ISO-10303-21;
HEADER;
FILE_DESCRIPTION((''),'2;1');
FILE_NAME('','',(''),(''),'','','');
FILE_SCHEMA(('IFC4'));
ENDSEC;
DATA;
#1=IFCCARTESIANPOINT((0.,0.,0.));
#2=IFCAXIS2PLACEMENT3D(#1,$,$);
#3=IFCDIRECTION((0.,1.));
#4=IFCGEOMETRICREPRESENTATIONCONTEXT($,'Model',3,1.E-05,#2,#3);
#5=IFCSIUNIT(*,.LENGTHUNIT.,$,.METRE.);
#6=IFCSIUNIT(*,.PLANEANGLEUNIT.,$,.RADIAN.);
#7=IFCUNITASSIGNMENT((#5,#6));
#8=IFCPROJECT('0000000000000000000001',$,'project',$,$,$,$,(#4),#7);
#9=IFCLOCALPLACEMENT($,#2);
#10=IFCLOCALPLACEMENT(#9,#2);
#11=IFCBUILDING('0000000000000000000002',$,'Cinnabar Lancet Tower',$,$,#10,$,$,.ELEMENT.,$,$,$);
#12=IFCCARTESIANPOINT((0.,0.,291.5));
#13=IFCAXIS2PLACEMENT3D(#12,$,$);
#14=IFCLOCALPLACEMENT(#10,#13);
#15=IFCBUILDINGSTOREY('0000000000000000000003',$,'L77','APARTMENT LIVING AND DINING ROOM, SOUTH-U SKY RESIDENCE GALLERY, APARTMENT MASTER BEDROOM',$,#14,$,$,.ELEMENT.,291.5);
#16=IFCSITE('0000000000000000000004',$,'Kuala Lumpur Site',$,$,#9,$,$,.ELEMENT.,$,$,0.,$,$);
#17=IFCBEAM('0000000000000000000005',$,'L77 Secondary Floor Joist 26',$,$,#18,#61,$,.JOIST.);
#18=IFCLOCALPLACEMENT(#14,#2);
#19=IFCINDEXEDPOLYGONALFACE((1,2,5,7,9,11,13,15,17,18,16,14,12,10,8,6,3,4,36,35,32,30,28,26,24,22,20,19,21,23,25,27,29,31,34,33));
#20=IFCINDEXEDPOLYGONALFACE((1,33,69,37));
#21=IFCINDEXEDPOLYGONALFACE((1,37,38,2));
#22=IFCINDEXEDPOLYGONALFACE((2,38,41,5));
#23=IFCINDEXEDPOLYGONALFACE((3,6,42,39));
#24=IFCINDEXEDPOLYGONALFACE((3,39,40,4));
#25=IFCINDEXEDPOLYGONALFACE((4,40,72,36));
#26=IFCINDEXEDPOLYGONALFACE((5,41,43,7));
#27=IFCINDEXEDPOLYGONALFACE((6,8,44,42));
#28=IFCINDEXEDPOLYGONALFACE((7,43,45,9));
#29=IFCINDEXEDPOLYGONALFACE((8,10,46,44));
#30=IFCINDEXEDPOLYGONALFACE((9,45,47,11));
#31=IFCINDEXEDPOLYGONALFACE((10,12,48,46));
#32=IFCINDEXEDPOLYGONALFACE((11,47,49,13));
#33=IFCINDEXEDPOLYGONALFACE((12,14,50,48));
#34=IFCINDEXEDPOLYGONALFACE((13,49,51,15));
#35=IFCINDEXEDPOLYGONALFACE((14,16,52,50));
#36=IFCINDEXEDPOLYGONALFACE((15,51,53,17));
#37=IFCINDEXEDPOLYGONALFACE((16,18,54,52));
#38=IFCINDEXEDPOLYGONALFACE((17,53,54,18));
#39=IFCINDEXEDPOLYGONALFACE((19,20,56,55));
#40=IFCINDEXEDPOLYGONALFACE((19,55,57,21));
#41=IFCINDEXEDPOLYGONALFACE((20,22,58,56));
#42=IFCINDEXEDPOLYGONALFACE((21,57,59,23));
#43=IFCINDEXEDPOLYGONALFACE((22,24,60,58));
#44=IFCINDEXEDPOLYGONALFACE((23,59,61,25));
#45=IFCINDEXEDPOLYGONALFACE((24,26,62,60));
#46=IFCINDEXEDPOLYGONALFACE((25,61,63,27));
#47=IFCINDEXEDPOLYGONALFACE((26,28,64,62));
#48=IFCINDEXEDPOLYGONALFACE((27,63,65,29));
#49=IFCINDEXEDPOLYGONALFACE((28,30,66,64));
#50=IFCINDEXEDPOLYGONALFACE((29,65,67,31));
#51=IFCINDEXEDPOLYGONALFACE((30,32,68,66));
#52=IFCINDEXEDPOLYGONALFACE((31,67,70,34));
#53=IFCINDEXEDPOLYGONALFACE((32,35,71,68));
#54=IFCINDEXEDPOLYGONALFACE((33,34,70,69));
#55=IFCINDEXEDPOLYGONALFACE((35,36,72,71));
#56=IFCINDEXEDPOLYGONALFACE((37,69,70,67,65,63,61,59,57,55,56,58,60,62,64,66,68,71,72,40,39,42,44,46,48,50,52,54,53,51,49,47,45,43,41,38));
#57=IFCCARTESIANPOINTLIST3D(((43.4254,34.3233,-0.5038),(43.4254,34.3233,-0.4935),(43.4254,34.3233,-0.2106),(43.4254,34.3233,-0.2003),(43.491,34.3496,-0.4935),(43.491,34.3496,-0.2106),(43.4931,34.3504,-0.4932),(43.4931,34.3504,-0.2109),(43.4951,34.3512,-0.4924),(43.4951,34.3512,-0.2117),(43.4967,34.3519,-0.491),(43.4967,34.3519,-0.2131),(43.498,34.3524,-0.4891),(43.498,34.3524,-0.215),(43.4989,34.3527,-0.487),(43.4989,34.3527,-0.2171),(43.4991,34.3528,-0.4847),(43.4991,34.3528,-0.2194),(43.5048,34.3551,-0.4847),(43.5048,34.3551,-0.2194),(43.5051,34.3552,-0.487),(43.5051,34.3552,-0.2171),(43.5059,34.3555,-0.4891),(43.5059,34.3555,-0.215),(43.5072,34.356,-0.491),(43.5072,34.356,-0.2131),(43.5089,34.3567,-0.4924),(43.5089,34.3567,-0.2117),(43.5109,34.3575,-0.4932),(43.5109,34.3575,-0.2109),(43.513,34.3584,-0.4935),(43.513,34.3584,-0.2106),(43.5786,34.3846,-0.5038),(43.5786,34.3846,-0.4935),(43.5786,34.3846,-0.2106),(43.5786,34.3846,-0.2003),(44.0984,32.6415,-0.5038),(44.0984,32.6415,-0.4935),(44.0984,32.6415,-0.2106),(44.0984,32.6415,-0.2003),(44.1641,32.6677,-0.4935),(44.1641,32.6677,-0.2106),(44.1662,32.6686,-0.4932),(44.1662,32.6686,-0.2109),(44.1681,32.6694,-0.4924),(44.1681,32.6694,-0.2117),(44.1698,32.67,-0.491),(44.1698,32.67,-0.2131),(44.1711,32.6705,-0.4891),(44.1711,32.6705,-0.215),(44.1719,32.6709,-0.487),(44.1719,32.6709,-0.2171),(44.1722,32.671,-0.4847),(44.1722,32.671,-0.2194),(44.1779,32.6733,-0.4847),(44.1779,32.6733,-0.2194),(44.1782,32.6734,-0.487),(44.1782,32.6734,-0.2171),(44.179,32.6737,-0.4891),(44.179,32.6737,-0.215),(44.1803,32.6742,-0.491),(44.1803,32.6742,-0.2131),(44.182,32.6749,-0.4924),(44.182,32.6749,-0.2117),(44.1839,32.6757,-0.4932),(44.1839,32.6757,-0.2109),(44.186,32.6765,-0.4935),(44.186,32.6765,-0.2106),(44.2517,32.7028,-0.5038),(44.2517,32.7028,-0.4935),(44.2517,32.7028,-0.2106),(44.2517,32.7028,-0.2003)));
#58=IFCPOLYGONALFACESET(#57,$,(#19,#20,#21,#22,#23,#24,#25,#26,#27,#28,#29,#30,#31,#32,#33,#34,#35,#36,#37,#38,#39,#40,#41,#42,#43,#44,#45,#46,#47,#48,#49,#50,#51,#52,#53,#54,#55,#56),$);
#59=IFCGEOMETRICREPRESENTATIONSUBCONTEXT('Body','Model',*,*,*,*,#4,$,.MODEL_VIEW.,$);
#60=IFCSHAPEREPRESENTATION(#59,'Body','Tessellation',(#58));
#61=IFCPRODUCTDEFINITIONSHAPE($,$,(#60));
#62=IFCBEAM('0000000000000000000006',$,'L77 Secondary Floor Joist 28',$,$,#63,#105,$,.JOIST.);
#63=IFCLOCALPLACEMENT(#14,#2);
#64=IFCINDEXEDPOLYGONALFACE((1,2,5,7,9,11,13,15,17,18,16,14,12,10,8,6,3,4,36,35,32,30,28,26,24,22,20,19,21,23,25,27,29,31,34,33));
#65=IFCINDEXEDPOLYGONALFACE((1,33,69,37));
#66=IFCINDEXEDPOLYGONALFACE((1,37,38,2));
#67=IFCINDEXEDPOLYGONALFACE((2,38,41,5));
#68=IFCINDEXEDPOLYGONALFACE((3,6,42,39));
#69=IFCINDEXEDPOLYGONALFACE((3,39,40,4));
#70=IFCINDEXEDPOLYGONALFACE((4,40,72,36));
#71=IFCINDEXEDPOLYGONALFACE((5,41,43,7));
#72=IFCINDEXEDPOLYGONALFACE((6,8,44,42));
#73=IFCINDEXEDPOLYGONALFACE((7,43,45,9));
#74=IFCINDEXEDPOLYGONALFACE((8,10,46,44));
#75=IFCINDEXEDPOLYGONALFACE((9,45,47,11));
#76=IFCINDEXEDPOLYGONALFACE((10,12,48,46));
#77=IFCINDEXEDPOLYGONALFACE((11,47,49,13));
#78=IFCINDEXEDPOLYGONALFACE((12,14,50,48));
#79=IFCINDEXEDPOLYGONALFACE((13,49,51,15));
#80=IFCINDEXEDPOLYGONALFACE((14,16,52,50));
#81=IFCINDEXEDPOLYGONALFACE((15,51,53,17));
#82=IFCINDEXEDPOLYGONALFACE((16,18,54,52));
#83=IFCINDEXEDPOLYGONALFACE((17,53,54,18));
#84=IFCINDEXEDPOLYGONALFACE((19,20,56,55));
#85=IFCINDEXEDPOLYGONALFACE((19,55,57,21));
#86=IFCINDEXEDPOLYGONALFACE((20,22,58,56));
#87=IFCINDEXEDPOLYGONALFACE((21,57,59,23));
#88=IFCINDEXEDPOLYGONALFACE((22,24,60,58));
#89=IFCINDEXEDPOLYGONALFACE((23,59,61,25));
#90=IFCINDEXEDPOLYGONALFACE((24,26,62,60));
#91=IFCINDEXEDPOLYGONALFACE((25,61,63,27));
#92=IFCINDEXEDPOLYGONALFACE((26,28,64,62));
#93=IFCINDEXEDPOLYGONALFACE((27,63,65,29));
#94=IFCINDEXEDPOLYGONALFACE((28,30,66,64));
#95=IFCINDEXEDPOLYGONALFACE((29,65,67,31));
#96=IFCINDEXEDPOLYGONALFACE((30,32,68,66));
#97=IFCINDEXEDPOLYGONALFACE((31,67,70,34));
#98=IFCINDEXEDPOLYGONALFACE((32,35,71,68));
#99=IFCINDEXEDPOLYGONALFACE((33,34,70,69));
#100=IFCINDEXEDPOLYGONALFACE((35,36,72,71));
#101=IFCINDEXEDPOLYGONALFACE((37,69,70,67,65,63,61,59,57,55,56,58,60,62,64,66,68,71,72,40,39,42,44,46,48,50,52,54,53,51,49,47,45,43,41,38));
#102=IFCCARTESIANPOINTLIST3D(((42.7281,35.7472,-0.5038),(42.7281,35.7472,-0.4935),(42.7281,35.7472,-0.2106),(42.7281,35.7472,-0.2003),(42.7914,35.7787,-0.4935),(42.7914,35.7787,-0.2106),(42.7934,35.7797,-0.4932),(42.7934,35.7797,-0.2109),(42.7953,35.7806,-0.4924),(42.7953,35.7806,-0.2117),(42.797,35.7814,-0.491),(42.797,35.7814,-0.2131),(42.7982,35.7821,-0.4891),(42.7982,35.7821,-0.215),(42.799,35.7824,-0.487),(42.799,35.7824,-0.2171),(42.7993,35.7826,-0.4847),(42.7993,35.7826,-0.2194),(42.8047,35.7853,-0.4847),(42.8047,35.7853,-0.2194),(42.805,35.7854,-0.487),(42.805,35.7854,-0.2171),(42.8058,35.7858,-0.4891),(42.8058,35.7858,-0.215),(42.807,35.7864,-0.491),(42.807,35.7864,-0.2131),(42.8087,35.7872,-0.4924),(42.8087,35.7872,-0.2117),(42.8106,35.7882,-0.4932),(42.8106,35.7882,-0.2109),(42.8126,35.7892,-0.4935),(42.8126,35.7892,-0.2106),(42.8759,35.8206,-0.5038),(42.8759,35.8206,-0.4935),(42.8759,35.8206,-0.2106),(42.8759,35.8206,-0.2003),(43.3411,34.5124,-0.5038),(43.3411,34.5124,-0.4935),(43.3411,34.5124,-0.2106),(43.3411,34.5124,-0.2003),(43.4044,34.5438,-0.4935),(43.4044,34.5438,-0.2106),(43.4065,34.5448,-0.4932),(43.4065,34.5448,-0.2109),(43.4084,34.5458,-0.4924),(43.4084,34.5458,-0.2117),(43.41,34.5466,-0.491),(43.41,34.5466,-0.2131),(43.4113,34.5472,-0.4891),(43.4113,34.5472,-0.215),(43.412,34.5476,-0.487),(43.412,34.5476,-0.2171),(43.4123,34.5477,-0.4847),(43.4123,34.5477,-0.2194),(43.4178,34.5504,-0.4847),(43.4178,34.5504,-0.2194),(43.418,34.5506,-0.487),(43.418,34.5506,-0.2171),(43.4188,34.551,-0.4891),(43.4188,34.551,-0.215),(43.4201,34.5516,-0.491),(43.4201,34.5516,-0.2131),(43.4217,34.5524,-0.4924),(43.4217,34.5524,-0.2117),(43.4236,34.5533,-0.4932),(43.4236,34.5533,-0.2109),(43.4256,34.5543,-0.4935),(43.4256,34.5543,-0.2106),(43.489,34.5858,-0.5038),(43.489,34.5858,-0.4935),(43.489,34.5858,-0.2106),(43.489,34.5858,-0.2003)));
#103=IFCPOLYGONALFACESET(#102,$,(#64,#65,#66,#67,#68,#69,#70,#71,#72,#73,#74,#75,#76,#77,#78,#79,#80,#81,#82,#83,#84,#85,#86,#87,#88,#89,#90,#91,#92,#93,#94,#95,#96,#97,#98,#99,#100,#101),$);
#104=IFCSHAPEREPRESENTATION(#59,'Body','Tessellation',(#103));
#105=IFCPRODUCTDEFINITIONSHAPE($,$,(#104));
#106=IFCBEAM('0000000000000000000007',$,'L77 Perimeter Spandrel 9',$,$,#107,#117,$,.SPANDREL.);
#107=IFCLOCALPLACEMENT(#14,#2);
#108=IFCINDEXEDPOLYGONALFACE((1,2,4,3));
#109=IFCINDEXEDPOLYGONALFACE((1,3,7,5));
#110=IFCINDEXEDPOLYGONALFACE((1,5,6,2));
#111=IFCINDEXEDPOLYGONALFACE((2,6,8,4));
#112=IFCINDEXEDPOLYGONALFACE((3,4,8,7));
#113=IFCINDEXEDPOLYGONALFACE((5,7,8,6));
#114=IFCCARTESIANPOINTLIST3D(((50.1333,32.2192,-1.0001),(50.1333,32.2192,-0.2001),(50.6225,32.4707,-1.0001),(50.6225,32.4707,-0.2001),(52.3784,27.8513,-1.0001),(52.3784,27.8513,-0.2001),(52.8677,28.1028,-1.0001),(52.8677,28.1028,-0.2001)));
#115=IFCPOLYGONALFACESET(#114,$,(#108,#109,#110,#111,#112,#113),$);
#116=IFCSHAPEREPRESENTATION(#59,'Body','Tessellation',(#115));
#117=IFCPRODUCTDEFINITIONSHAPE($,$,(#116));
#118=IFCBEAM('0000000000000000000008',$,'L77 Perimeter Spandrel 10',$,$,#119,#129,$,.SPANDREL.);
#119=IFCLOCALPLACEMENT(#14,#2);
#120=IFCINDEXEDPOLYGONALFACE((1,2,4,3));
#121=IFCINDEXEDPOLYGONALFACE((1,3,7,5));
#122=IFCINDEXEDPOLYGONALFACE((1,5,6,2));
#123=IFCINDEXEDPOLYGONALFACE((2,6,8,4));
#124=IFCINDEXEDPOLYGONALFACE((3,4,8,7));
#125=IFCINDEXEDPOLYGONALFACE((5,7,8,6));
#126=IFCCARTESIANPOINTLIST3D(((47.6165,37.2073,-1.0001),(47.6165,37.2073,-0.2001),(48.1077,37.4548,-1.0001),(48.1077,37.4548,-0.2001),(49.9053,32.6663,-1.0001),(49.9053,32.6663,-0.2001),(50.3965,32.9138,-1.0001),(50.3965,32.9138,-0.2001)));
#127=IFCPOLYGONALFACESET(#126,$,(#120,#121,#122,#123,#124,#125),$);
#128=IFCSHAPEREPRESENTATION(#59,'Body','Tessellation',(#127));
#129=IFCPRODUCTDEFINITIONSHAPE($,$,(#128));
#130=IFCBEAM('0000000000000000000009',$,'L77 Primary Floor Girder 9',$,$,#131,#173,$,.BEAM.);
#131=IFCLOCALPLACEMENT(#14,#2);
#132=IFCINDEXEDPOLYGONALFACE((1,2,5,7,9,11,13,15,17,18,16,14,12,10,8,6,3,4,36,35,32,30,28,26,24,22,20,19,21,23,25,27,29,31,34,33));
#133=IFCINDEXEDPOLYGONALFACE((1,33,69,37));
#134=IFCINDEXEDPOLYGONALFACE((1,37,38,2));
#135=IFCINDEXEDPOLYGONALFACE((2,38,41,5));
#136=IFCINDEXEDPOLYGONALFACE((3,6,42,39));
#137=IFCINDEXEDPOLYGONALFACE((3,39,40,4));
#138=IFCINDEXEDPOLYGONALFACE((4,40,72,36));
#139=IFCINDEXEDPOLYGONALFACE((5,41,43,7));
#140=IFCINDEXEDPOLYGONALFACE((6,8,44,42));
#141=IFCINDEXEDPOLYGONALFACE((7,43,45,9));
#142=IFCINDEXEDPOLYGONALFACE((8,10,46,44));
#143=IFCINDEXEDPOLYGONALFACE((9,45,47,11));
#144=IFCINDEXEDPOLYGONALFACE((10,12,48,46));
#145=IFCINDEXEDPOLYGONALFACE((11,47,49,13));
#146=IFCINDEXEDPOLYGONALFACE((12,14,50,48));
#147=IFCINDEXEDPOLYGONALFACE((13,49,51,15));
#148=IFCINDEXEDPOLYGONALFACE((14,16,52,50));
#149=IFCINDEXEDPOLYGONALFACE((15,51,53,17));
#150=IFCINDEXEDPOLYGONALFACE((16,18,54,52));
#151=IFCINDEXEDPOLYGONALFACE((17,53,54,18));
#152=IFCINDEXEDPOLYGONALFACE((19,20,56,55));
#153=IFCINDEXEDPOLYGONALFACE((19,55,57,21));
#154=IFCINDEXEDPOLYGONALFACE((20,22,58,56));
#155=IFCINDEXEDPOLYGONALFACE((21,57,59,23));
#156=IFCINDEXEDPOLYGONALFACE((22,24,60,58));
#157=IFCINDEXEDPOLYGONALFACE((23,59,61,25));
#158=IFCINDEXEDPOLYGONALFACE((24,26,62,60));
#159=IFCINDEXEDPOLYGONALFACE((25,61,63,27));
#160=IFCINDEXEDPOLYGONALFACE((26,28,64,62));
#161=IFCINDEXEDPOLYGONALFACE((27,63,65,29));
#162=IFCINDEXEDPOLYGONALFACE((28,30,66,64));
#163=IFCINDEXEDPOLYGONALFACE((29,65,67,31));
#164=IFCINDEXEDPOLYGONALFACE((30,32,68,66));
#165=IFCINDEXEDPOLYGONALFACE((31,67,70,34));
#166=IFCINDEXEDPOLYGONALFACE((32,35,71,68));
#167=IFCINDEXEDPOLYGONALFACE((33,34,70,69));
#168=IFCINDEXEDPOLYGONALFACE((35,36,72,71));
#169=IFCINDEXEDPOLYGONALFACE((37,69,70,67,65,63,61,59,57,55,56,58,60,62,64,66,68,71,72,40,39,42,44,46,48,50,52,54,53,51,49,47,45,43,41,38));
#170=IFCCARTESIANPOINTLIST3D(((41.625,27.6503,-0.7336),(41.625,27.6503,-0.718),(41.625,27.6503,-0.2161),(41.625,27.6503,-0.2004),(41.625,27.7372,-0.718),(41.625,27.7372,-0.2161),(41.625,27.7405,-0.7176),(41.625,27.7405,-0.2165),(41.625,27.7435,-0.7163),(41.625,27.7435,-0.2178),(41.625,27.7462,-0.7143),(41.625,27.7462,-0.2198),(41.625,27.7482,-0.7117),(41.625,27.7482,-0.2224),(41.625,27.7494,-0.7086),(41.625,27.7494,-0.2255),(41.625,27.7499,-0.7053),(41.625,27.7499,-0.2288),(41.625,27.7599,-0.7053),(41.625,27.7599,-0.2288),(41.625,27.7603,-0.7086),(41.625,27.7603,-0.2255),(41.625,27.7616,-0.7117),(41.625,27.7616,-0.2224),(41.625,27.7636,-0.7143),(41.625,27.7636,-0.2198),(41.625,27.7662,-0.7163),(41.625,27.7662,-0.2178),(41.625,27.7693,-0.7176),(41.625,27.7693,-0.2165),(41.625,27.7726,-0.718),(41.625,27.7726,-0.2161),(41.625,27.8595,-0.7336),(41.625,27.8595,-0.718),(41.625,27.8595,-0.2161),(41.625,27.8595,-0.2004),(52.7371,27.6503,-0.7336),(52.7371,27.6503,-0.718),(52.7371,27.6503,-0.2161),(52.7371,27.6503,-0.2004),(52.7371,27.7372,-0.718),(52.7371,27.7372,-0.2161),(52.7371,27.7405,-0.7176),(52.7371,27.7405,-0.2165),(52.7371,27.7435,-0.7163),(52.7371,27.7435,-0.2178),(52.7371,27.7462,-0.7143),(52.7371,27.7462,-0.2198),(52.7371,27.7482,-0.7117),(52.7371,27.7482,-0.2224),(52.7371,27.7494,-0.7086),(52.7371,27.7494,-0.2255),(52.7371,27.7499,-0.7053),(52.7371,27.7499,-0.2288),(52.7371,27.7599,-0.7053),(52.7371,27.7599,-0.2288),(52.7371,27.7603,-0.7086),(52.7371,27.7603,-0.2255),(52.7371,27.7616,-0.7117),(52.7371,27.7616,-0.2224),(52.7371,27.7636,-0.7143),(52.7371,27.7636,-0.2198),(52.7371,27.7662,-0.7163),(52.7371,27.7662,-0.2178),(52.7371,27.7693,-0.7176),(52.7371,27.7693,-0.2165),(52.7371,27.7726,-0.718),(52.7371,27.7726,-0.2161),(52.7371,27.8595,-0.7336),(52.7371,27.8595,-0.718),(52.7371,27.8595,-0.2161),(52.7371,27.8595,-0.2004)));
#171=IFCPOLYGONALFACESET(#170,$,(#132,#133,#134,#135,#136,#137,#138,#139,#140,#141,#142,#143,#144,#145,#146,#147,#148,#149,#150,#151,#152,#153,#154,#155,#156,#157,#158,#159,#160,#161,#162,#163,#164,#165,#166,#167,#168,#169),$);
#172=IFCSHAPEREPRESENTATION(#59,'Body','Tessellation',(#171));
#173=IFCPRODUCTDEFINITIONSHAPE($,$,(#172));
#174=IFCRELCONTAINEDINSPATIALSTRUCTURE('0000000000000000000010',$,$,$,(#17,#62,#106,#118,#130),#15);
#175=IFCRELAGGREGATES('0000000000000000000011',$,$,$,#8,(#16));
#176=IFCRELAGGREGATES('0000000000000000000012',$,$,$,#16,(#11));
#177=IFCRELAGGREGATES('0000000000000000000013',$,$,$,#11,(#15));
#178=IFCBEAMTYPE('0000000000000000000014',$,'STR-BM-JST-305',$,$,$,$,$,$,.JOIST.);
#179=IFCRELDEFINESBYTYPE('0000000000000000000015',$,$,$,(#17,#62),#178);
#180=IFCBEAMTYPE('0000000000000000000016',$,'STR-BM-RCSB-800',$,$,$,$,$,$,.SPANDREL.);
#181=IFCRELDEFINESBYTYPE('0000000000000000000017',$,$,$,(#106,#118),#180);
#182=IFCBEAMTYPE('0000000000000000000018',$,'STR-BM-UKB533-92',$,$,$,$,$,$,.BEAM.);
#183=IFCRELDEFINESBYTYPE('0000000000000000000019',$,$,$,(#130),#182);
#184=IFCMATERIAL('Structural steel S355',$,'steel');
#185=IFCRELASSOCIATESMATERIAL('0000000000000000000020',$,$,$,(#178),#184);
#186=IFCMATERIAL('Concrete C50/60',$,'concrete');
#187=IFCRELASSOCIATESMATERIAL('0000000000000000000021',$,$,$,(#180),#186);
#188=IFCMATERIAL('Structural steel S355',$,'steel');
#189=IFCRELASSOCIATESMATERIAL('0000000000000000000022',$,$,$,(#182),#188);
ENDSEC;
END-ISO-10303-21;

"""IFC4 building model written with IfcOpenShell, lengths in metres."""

from ifc_helpers import new_model, si_unit, direction, frame, origin, origin_2d, place, context, subcontext, project, spatial, rectangle, i_section, extrude, material, material_profile, profile_set, type_object, element, save


model = new_model("IFC4")

# Units and contexts
model_context = context("Model", 3, precision=1e-05, world=origin(), true_north=direction((0.0, 1.0)))
body_context = subcontext(model_context, "Body", "Model", "MODEL_VIEW")
ifc_project = project(units=[si_unit("LENGTHUNIT", "METRE"), si_unit("PLANEANGLEUNIT", "RADIAN")], contexts=[model_context])

# Site, building, storey
site_placement = place(None, origin())
site = spatial("IfcSite", under=ifc_project, at=site_placement, Name="Kuala Lumpur Site", CompositionType="ELEMENT", RefElevation=0.0)
building_placement = place(site_placement, origin())
building = spatial("IfcBuilding", under=site, at=building_placement, Name="Cinnabar Lancet Tower", CompositionType="ELEMENT")
storey_placement = place(building_placement, frame((0.0, 0.0, 291.5)))
storey = spatial("IfcBuildingStorey", under=building, at=storey_placement, Name="L77", Description="APARTMENT LIVING AND DINING ROOM, SOUTH-U SKY RESIDENCE GALLERY, APARTMENT MASTER BEDROOM", CompositionType="ELEMENT", Elevation=291.5)

# Beams
ifc_material_1 = material(Name="Structural steel S355", Category="steel")
ifc_material_profile_1 = material_profile(ifc_material_1, i_section(OverallWidth=0.165, OverallDepth=0.3035, WebThickness=0.0061, FlangeThickness=0.0103, FilletRadius=0.0088, at=origin_2d()), Name="UKB 305x165x40")
ifc_profile_set_1 = profile_set([ifc_material_profile_1], Name="Structural steel S355")
beam_type_1 = type_object("IfcBeamType", Name="STR-BM-JST-305", PredefinedType="JOIST", material=ifc_profile_set_1)
beam_1_placement = place(storey_placement, frame((44.175, 32.6721, -0.3521), z_axis=(-0.371553, 0.928412, 0.0), x_axis=(-0.928412, -0.371553, 0.0)))
element("IfcBeam", 1, at=beam_1_placement, inside=storey, type_object=beam_type_1, Name="L77 Secondary Floor Joist 26", PredefinedType="JOIST", context=body_context, shape_type="SweptSolid", body=[
    extrude(i_section(OverallWidth=0.165, OverallDepth=0.3035, WebThickness=0.0061, FlangeThickness=0.0103, FilletRadius=0.0088, at=origin_2d()), origin(), (0.0, 0.0, 1.0), 1.8115),
])
beam_2_placement = place(storey_placement, frame((43.415, 34.5491, -0.3521), z_axis=(-0.444662, 0.895699, 0.0), x_axis=(-0.895699, -0.444662, 0.0)))
element("IfcBeam", 2, at=beam_2_placement, inside=storey, type_object=beam_type_1, Name="L77 Secondary Floor Joist 28", PredefinedType="JOIST", context=body_context, shape_type="SweptSolid", body=[
    extrude(i_section(OverallWidth=0.165, OverallDepth=0.3035, WebThickness=0.0061, FlangeThickness=0.0103, FilletRadius=0.0088, at=origin_2d()), origin(), (0.0, 0.0, 1.0), 1.3787),
])
ifc_material_2 = material(Name="Concrete C50/60", Category="concrete")
ifc_material_profile_2 = material_profile(ifc_material_2, rectangle(XDim=0.55, YDim=0.8, at=origin_2d()), Name="RC-SB 550x800")
ifc_profile_set_2 = profile_set([ifc_material_profile_2], Name="Concrete C50/60")
beam_type_2 = type_object("IfcBeamType", Name="STR-BM-RCSB-800", PredefinedType="SPANDREL", material=ifc_profile_set_2)
beam_3_placement = place(storey_placement, frame((52.623, 27.9771, -0.6001), z_axis=(-0.457148, 0.889391, 0.0), x_axis=(-0.889391, -0.457148, 0.0)))
element("IfcBeam", 3, at=beam_3_placement, inside=storey, type_object=beam_type_2, Name="L77 Perimeter Spandrel 9", PredefinedType="SPANDREL", context=body_context, shape_type="SweptSolid", body=[
    extrude(rectangle(XDim=0.55, YDim=0.8, at=origin_2d()), origin(), (0.0, 0.0, 1.0), 4.9111),
])
beam_4_placement = place(storey_placement, frame((50.1509, 32.79, -0.6001), z_axis=(-0.450092, 0.892982, 0.0), x_axis=(-0.892982, -0.450092, 0.0)))
element("IfcBeam", 4, at=beam_4_placement, inside=storey, type_object=beam_type_2, Name="L77 Perimeter Spandrel 10", PredefinedType="SPANDREL", context=body_context, shape_type="SweptSolid", body=[
    extrude(rectangle(XDim=0.55, YDim=0.8, at=origin_2d()), origin(), (0.0, 0.0, 1.0), 5.0852),
])
ifc_material_3 = material(Name="Structural steel S355", Category="steel")
ifc_material_profile_3 = material_profile(ifc_material_3, i_section(OverallWidth=0.2092, OverallDepth=0.5332, WebThickness=0.01, FlangeThickness=0.0156, FilletRadius=0.0127, at=origin_2d()), Name="UKB 533x210x92")
ifc_profile_set_3 = profile_set([ifc_material_profile_3], Name="Structural steel S355")
beam_type_3 = type_object("IfcBeamType", Name="STR-BM-UKB533-92", PredefinedType="BEAM", material=ifc_profile_set_3)
beam_5_placement = place(storey_placement, frame((52.7371, 27.7549, -0.467), z_axis=(-1.0, 0.0, 0.0), x_axis=(0.0, -1.0, 0.0)))
element("IfcBeam", 5, at=beam_5_placement, inside=storey, type_object=beam_type_3, Name="L77 Primary Floor Girder 9", PredefinedType="BEAM", context=body_context, shape_type="SweptSolid", body=[
    extrude(i_section(OverallWidth=0.2092, OverallDepth=0.5332, WebThickness=0.01, FlangeThickness=0.0156, FilletRadius=0.0127, at=origin_2d()), origin(), (0.0, 0.0, 1.0), 11.1121),
])

save(model, "model.ifc")
